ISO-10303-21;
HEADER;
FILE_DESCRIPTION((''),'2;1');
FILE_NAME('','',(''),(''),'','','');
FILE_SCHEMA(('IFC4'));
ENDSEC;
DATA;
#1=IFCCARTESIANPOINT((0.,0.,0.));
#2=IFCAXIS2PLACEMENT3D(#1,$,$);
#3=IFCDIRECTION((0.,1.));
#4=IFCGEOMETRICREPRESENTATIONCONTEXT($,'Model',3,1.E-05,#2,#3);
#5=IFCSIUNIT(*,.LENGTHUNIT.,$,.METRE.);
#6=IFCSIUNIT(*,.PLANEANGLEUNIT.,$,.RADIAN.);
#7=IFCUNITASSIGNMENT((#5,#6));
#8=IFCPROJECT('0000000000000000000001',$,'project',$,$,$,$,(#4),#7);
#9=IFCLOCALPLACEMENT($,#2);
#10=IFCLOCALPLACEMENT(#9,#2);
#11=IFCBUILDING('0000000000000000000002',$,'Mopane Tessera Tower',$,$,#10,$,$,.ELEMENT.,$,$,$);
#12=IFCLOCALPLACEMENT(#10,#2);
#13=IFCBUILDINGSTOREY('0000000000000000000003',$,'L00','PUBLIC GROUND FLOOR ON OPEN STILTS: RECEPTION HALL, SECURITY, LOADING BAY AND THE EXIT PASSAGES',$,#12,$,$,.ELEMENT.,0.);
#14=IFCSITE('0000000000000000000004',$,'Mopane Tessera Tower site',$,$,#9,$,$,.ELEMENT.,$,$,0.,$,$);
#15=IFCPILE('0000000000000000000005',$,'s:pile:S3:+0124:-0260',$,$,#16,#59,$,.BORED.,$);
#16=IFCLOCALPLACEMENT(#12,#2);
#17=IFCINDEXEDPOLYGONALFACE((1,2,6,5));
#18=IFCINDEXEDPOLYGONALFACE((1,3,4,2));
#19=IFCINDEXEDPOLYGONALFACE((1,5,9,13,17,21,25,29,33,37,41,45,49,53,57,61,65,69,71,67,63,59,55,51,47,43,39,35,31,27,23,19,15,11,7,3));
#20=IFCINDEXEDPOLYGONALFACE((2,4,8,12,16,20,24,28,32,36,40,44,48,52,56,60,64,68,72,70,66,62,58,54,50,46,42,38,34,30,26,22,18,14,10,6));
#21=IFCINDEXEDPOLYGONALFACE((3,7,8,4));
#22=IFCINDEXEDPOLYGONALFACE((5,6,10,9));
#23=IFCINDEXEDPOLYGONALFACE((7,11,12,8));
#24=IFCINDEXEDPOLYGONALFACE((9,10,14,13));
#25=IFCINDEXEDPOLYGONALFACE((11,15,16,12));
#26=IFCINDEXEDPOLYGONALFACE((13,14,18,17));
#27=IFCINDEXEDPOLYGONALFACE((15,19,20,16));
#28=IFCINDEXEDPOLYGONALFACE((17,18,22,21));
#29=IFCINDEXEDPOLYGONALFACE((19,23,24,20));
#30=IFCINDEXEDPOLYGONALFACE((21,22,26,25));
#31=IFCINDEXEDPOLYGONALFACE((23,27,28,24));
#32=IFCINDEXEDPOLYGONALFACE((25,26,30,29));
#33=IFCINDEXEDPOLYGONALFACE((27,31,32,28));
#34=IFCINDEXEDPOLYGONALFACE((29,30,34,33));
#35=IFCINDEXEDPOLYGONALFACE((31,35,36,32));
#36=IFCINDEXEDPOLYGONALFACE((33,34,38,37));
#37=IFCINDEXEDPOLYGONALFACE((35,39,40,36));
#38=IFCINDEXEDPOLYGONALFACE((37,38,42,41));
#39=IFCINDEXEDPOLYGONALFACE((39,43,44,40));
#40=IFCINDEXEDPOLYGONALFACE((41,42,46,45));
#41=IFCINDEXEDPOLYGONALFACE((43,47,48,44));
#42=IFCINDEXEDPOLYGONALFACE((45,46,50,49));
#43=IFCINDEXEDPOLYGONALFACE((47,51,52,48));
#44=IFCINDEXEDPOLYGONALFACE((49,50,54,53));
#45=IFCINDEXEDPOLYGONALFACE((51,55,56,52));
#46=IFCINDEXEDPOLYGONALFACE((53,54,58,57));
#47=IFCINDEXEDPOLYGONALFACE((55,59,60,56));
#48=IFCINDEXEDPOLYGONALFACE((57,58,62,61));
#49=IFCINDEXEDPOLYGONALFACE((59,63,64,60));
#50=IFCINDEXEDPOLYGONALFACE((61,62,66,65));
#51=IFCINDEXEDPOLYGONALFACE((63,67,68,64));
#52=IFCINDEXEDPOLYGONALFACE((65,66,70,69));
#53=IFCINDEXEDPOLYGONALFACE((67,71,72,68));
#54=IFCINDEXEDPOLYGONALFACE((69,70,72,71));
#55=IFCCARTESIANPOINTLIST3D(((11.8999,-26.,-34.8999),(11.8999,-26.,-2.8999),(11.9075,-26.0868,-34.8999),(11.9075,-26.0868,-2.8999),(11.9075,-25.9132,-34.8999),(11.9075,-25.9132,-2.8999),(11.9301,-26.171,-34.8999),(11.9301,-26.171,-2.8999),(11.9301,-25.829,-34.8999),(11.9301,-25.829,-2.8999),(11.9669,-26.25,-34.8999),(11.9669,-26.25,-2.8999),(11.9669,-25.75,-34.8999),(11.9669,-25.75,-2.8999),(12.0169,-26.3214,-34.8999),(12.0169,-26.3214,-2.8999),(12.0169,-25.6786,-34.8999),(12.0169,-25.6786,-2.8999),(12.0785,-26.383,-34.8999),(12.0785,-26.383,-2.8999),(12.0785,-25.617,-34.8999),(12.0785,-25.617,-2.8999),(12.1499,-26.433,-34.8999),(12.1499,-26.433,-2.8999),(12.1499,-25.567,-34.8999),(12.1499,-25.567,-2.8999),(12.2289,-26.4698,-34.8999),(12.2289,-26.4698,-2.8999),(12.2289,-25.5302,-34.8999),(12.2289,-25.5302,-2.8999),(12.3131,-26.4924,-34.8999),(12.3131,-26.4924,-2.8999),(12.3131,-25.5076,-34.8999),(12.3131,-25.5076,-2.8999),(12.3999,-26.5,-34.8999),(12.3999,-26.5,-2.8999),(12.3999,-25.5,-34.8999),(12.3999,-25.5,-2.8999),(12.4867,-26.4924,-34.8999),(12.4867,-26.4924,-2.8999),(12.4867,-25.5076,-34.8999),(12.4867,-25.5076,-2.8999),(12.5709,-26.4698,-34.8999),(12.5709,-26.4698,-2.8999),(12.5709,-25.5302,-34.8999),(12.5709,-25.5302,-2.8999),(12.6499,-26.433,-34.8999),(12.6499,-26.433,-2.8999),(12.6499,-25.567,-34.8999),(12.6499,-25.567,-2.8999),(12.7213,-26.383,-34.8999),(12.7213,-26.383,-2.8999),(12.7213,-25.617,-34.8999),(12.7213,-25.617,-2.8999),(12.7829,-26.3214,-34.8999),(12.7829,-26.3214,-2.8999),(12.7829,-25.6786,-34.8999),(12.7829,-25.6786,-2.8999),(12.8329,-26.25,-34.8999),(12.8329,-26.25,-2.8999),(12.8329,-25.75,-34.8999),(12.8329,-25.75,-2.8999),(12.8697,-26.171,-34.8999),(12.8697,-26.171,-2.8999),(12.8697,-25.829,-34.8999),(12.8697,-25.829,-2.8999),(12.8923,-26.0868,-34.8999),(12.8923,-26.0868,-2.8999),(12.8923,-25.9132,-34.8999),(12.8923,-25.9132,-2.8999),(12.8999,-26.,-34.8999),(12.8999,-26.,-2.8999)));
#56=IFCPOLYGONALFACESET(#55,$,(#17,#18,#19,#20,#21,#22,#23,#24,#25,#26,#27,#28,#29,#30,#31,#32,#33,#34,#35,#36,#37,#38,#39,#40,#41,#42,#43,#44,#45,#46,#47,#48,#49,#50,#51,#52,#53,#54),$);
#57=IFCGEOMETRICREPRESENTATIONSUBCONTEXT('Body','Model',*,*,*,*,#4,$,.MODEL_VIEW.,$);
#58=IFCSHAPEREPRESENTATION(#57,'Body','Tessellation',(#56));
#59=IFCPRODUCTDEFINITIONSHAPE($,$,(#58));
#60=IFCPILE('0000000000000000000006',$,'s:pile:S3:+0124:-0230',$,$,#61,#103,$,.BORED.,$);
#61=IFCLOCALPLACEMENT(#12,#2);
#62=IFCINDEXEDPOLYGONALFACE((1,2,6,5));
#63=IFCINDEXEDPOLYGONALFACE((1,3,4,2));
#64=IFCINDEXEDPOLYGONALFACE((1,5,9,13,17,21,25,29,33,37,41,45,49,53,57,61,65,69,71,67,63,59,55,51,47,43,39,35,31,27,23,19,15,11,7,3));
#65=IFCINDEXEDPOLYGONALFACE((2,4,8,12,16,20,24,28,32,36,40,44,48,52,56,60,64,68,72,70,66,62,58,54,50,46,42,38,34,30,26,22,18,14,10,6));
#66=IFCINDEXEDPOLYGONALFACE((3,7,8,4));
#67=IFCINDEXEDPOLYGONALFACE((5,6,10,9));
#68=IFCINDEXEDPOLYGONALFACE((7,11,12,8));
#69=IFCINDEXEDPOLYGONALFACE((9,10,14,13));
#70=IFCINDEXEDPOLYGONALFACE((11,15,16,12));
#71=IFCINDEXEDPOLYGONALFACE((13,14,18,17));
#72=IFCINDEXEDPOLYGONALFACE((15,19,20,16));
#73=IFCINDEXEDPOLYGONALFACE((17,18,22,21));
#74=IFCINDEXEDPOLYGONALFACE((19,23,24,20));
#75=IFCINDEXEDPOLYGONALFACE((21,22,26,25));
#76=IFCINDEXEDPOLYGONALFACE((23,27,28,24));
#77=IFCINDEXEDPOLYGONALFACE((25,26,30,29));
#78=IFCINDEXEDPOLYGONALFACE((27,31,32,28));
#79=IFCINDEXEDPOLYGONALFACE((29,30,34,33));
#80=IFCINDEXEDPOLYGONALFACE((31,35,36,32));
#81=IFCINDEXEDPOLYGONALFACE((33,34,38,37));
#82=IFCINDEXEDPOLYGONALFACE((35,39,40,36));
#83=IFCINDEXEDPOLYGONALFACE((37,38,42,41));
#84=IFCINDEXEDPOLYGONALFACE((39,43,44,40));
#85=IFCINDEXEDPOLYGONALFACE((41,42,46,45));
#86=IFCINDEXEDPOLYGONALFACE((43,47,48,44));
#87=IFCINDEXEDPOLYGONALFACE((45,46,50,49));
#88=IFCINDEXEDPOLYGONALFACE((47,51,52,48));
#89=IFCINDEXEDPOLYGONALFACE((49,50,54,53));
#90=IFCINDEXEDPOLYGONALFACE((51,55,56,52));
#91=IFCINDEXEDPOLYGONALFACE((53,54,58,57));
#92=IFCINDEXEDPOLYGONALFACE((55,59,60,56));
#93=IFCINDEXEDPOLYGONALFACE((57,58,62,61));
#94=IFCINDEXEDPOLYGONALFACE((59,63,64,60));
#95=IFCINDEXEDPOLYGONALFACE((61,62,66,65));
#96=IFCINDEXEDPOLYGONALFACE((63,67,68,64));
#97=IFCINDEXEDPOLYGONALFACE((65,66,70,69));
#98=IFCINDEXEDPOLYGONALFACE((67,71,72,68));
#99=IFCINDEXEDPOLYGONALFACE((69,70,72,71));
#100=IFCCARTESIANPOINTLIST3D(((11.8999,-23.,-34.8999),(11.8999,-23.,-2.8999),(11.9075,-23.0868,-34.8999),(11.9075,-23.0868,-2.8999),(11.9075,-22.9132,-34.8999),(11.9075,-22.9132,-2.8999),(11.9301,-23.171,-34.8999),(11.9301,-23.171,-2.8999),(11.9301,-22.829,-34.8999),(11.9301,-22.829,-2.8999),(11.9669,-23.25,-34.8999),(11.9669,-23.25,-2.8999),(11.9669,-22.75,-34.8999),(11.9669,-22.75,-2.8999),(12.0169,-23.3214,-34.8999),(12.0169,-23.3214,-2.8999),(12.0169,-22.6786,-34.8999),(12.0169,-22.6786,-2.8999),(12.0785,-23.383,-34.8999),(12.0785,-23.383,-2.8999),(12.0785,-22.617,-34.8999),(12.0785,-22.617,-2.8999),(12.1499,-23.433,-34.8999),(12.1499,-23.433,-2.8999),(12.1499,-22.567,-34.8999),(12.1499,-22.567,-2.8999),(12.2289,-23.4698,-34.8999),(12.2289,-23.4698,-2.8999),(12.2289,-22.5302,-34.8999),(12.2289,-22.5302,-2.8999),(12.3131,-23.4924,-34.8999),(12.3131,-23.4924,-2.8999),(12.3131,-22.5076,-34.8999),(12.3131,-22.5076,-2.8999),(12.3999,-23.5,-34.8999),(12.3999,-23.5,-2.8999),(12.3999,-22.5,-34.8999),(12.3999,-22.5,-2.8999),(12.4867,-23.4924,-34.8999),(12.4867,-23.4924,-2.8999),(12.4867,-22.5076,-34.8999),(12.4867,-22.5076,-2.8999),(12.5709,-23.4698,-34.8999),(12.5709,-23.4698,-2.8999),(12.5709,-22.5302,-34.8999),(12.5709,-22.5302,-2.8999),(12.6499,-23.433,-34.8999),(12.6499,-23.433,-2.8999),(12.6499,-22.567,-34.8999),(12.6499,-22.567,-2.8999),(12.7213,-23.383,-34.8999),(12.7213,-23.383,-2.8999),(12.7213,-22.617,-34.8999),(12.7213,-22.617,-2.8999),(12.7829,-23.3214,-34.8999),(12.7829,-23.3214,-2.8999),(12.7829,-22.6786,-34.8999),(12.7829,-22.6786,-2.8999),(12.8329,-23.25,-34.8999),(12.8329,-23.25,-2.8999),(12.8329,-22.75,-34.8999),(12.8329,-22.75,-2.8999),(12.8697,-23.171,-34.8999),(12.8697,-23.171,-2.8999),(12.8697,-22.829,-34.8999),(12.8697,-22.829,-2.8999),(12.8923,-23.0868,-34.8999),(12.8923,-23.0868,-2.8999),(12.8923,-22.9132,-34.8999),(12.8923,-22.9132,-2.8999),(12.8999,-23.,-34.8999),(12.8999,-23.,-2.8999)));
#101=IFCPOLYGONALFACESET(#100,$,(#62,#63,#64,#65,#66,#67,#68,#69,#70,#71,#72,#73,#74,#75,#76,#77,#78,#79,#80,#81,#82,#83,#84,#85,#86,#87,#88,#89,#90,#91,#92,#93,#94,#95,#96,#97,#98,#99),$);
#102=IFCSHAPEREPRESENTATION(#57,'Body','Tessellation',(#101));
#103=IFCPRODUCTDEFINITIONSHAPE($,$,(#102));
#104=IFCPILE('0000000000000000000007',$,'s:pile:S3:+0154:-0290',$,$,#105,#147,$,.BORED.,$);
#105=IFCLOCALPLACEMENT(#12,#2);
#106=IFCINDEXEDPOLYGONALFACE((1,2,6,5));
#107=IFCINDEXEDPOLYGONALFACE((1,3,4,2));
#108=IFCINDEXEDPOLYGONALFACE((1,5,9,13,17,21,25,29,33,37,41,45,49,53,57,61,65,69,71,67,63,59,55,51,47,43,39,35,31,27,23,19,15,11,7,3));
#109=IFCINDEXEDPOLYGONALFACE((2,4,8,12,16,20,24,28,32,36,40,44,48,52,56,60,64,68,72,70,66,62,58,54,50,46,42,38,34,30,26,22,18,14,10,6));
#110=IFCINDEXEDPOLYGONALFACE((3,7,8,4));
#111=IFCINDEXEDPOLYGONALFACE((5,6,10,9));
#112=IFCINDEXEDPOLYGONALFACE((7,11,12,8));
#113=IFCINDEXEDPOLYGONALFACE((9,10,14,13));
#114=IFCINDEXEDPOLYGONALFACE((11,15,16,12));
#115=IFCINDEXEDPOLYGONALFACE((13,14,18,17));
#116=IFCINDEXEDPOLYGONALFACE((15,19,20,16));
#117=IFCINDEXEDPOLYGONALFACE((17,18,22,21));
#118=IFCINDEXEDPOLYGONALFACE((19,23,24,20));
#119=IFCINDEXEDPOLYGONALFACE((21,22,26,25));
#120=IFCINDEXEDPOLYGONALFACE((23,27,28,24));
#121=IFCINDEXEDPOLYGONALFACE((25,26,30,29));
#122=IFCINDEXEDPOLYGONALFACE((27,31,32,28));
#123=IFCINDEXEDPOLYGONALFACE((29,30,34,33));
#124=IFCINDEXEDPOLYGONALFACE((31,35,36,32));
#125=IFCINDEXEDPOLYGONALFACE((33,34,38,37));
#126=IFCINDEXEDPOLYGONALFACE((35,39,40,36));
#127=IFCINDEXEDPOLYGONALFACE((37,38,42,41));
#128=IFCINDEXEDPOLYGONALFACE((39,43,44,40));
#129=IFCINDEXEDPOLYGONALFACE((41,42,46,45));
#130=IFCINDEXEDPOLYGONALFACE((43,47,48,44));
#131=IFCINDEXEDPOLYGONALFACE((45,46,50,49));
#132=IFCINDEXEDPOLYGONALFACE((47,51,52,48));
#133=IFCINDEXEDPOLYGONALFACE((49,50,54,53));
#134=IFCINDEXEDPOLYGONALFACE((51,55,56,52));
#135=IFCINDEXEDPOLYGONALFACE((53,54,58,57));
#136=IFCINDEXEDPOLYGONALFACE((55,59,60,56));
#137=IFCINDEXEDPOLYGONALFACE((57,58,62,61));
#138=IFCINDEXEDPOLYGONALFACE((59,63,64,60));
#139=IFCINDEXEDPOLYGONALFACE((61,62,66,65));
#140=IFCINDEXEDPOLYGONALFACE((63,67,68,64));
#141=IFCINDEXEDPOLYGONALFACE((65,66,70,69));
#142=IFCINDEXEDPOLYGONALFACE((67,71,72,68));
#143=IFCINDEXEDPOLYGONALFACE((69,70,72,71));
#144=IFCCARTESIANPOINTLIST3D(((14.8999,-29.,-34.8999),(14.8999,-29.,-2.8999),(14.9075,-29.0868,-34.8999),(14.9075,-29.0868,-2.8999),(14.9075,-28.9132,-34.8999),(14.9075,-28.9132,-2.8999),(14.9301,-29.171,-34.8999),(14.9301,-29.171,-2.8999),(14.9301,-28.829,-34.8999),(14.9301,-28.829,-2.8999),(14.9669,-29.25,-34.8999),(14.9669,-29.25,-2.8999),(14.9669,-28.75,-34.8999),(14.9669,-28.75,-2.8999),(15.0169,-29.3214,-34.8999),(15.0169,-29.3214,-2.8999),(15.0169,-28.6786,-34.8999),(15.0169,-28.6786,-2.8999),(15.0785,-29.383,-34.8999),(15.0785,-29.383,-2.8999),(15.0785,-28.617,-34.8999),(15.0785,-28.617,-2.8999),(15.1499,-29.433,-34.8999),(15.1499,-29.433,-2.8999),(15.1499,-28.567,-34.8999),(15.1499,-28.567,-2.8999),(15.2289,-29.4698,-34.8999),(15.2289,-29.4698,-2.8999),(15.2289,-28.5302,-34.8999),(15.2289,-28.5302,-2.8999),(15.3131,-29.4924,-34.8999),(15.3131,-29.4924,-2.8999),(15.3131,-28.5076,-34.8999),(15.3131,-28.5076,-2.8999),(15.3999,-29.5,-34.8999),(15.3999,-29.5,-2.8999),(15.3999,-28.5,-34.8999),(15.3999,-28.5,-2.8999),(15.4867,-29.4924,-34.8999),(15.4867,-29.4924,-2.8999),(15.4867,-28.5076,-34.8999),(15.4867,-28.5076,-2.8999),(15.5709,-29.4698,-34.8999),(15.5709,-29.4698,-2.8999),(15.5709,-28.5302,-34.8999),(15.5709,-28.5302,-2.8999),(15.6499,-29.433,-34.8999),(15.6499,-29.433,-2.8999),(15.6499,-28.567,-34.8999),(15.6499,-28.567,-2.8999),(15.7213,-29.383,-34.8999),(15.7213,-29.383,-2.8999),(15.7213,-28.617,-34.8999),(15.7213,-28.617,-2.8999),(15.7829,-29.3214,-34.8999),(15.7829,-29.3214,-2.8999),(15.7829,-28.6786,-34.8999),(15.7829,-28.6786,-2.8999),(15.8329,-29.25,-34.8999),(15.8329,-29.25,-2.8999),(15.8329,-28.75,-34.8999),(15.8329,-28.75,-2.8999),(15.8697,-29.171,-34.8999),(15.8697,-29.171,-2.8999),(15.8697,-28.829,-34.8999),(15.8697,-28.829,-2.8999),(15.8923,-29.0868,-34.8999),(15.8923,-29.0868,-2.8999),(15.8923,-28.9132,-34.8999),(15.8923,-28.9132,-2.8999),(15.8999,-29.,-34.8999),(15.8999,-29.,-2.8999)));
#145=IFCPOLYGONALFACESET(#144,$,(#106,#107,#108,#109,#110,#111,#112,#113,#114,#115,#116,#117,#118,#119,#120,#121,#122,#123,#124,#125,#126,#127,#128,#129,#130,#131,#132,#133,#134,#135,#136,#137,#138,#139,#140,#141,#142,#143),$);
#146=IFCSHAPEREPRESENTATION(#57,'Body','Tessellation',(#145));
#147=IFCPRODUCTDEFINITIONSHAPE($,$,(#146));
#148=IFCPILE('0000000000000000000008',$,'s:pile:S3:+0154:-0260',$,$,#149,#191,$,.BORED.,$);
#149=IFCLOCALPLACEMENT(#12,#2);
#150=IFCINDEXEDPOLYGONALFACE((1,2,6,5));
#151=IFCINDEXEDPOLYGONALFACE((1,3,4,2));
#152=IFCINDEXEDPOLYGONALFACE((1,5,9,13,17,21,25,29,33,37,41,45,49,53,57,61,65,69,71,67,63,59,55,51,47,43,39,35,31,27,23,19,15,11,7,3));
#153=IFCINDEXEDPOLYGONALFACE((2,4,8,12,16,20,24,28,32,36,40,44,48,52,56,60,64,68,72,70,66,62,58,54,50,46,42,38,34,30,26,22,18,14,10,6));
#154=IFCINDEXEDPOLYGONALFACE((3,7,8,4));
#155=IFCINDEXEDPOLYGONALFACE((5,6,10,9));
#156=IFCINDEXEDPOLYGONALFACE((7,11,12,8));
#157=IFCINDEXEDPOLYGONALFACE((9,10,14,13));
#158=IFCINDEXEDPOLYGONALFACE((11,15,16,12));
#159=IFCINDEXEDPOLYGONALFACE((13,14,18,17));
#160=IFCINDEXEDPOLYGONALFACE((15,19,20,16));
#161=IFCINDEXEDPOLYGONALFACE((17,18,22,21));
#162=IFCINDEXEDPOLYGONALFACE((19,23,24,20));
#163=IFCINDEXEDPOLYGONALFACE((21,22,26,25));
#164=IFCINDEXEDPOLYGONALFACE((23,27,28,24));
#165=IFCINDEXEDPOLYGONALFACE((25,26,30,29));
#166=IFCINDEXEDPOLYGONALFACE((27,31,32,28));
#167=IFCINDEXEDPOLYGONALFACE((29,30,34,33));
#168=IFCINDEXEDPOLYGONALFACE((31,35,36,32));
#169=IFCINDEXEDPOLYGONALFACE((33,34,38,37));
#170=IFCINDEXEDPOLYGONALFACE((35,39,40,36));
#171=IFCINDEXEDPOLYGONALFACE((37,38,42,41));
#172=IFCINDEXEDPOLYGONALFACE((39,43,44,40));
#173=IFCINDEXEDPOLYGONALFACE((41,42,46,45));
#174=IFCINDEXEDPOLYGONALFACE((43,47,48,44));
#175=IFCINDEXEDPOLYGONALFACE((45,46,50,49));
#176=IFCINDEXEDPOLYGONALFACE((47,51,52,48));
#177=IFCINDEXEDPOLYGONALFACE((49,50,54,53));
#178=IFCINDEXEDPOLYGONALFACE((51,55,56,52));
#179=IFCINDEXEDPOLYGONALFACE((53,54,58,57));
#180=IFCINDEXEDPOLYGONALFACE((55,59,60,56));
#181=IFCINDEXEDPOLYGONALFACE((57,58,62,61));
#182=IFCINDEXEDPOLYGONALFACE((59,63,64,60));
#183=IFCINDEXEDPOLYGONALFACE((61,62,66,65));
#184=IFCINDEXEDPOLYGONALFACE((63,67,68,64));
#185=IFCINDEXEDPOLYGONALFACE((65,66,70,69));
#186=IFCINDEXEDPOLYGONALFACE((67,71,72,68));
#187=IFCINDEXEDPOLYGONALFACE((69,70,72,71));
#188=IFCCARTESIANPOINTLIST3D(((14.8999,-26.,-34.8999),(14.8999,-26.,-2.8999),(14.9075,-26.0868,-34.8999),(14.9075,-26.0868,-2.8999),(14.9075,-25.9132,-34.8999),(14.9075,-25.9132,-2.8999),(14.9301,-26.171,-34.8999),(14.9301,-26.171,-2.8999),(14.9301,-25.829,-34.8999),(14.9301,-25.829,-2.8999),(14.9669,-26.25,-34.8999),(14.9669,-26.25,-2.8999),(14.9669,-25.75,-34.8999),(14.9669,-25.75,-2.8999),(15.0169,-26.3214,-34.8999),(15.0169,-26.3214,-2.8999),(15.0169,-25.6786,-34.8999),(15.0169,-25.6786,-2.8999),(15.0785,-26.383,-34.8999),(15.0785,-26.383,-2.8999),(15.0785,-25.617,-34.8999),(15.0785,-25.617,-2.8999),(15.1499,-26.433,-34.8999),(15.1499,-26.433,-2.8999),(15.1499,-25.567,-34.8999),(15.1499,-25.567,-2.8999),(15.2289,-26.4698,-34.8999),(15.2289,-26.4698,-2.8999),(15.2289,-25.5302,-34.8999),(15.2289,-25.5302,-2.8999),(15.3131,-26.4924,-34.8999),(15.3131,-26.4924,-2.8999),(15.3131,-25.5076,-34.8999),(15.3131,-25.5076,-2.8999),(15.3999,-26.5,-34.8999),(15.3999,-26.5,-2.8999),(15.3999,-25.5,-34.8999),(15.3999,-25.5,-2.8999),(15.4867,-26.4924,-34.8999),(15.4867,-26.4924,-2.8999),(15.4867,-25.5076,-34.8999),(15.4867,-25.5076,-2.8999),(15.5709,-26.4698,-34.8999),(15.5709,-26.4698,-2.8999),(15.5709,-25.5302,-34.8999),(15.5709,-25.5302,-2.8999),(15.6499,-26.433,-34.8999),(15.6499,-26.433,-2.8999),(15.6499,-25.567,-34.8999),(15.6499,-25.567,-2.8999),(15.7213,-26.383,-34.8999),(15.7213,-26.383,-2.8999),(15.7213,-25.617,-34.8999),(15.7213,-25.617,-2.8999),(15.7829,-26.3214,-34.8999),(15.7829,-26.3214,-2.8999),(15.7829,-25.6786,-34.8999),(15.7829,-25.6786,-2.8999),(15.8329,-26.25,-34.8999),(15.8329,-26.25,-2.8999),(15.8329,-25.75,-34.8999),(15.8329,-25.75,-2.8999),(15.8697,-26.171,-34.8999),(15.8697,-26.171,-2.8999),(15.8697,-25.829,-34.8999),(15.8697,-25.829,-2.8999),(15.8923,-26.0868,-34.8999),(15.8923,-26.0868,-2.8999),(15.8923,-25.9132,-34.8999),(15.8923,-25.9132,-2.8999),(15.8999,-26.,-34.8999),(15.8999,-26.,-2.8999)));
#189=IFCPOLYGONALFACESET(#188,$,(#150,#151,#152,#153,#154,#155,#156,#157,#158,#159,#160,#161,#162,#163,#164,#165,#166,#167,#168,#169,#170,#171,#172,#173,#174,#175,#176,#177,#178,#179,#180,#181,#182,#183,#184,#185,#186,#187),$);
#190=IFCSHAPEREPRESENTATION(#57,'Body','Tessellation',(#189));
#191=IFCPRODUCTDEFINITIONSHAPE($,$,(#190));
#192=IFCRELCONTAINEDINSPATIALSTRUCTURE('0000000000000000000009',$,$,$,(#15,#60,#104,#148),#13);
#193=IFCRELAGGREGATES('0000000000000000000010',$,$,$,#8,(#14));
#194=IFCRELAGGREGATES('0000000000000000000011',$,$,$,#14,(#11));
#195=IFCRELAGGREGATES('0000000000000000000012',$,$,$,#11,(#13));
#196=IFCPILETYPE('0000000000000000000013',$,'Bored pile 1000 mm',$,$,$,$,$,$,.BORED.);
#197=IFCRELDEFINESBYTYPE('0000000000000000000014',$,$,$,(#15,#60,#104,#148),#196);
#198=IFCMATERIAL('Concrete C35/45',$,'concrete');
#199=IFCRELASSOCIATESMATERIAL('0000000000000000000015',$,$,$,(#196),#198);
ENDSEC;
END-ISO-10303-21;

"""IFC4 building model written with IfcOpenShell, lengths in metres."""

from ifc_helpers import new_model, si_unit, direction, frame, origin, origin_2d, place, context, subcontext, project, spatial, circle, extrude, material, material_profile, profile_set, type_object, element, save


model = new_model("IFC4")

# Units and contexts
model_context = context("Model", 3, precision=1e-05, world=origin(), true_north=direction((0.0, 1.0)))
body_context = subcontext(model_context, "Body", "Model", "MODEL_VIEW")
ifc_project = project(units=[si_unit("LENGTHUNIT", "METRE"), si_unit("PLANEANGLEUNIT", "RADIAN")], contexts=[model_context])

# Site, building, storey
site_placement = place(None, origin())
site = spatial("IfcSite", under=ifc_project, at=site_placement, Name="Mopane Tessera Tower site", CompositionType="ELEMENT", RefElevation=0.0)
building_placement = place(site_placement, origin())
building = spatial("IfcBuilding", under=site, at=building_placement, Name="Mopane Tessera Tower", CompositionType="ELEMENT")
storey_placement = place(building_placement, origin())
storey = spatial("IfcBuildingStorey", under=building, at=storey_placement, Name="L00", Description="PUBLIC GROUND FLOOR ON OPEN STILTS: RECEPTION HALL, SECURITY, LOADING BAY AND THE EXIT PASSAGES", CompositionType="ELEMENT", Elevation=0.0)

# Piles
ifc_material_1 = material(Name="Concrete C35/45", Category="concrete")
ifc_material_profile_1 = material_profile(ifc_material_1, circle(Radius=0.5, at=origin_2d()))
ifc_profile_set_1 = profile_set([ifc_material_profile_1], Name="Concrete C35/45")
pile_type_1 = type_object("IfcPileType", Name="Bored pile 1000 mm", PredefinedType="BORED", material=ifc_profile_set_1)
for number, where, z_axis, x_axis, name in (
    (1, (12.3999, -26.0, -2.8999), (0.0, 0.0, -1.0), (1.0, 0.0, 0.0), "s:pile:S3:+0124:-0260"),
    (2, (12.3999, -23.0, -2.8999), (0.0, 0.0, -1.0), (1.0, 0.0, 0.0), "s:pile:S3:+0124:-0230"),
    (3, (15.3999, -29.0, -2.8999), (0.0, 0.0, -1.0), (1.0, 0.0, 0.0), "s:pile:S3:+0154:-0290"),
    (4, (15.3999, -26.0, -2.8999), (0.0, 0.0, -1.0), (1.0, 0.0, 0.0), "s:pile:S3:+0154:-0260"),
):
    element("IfcPile", number, at=place(storey_placement, frame(where, z_axis=z_axis, x_axis=x_axis)), inside=storey, type_object=pile_type_1, Name=name, PredefinedType="BORED", context=body_context, shape_type="SweptSolid", body=[
        extrude(circle(Radius=0.5, at=origin_2d()), origin(), (0.0, 0.0, 1.0), 32.0),
    ])

save(model, "model.ifc")
